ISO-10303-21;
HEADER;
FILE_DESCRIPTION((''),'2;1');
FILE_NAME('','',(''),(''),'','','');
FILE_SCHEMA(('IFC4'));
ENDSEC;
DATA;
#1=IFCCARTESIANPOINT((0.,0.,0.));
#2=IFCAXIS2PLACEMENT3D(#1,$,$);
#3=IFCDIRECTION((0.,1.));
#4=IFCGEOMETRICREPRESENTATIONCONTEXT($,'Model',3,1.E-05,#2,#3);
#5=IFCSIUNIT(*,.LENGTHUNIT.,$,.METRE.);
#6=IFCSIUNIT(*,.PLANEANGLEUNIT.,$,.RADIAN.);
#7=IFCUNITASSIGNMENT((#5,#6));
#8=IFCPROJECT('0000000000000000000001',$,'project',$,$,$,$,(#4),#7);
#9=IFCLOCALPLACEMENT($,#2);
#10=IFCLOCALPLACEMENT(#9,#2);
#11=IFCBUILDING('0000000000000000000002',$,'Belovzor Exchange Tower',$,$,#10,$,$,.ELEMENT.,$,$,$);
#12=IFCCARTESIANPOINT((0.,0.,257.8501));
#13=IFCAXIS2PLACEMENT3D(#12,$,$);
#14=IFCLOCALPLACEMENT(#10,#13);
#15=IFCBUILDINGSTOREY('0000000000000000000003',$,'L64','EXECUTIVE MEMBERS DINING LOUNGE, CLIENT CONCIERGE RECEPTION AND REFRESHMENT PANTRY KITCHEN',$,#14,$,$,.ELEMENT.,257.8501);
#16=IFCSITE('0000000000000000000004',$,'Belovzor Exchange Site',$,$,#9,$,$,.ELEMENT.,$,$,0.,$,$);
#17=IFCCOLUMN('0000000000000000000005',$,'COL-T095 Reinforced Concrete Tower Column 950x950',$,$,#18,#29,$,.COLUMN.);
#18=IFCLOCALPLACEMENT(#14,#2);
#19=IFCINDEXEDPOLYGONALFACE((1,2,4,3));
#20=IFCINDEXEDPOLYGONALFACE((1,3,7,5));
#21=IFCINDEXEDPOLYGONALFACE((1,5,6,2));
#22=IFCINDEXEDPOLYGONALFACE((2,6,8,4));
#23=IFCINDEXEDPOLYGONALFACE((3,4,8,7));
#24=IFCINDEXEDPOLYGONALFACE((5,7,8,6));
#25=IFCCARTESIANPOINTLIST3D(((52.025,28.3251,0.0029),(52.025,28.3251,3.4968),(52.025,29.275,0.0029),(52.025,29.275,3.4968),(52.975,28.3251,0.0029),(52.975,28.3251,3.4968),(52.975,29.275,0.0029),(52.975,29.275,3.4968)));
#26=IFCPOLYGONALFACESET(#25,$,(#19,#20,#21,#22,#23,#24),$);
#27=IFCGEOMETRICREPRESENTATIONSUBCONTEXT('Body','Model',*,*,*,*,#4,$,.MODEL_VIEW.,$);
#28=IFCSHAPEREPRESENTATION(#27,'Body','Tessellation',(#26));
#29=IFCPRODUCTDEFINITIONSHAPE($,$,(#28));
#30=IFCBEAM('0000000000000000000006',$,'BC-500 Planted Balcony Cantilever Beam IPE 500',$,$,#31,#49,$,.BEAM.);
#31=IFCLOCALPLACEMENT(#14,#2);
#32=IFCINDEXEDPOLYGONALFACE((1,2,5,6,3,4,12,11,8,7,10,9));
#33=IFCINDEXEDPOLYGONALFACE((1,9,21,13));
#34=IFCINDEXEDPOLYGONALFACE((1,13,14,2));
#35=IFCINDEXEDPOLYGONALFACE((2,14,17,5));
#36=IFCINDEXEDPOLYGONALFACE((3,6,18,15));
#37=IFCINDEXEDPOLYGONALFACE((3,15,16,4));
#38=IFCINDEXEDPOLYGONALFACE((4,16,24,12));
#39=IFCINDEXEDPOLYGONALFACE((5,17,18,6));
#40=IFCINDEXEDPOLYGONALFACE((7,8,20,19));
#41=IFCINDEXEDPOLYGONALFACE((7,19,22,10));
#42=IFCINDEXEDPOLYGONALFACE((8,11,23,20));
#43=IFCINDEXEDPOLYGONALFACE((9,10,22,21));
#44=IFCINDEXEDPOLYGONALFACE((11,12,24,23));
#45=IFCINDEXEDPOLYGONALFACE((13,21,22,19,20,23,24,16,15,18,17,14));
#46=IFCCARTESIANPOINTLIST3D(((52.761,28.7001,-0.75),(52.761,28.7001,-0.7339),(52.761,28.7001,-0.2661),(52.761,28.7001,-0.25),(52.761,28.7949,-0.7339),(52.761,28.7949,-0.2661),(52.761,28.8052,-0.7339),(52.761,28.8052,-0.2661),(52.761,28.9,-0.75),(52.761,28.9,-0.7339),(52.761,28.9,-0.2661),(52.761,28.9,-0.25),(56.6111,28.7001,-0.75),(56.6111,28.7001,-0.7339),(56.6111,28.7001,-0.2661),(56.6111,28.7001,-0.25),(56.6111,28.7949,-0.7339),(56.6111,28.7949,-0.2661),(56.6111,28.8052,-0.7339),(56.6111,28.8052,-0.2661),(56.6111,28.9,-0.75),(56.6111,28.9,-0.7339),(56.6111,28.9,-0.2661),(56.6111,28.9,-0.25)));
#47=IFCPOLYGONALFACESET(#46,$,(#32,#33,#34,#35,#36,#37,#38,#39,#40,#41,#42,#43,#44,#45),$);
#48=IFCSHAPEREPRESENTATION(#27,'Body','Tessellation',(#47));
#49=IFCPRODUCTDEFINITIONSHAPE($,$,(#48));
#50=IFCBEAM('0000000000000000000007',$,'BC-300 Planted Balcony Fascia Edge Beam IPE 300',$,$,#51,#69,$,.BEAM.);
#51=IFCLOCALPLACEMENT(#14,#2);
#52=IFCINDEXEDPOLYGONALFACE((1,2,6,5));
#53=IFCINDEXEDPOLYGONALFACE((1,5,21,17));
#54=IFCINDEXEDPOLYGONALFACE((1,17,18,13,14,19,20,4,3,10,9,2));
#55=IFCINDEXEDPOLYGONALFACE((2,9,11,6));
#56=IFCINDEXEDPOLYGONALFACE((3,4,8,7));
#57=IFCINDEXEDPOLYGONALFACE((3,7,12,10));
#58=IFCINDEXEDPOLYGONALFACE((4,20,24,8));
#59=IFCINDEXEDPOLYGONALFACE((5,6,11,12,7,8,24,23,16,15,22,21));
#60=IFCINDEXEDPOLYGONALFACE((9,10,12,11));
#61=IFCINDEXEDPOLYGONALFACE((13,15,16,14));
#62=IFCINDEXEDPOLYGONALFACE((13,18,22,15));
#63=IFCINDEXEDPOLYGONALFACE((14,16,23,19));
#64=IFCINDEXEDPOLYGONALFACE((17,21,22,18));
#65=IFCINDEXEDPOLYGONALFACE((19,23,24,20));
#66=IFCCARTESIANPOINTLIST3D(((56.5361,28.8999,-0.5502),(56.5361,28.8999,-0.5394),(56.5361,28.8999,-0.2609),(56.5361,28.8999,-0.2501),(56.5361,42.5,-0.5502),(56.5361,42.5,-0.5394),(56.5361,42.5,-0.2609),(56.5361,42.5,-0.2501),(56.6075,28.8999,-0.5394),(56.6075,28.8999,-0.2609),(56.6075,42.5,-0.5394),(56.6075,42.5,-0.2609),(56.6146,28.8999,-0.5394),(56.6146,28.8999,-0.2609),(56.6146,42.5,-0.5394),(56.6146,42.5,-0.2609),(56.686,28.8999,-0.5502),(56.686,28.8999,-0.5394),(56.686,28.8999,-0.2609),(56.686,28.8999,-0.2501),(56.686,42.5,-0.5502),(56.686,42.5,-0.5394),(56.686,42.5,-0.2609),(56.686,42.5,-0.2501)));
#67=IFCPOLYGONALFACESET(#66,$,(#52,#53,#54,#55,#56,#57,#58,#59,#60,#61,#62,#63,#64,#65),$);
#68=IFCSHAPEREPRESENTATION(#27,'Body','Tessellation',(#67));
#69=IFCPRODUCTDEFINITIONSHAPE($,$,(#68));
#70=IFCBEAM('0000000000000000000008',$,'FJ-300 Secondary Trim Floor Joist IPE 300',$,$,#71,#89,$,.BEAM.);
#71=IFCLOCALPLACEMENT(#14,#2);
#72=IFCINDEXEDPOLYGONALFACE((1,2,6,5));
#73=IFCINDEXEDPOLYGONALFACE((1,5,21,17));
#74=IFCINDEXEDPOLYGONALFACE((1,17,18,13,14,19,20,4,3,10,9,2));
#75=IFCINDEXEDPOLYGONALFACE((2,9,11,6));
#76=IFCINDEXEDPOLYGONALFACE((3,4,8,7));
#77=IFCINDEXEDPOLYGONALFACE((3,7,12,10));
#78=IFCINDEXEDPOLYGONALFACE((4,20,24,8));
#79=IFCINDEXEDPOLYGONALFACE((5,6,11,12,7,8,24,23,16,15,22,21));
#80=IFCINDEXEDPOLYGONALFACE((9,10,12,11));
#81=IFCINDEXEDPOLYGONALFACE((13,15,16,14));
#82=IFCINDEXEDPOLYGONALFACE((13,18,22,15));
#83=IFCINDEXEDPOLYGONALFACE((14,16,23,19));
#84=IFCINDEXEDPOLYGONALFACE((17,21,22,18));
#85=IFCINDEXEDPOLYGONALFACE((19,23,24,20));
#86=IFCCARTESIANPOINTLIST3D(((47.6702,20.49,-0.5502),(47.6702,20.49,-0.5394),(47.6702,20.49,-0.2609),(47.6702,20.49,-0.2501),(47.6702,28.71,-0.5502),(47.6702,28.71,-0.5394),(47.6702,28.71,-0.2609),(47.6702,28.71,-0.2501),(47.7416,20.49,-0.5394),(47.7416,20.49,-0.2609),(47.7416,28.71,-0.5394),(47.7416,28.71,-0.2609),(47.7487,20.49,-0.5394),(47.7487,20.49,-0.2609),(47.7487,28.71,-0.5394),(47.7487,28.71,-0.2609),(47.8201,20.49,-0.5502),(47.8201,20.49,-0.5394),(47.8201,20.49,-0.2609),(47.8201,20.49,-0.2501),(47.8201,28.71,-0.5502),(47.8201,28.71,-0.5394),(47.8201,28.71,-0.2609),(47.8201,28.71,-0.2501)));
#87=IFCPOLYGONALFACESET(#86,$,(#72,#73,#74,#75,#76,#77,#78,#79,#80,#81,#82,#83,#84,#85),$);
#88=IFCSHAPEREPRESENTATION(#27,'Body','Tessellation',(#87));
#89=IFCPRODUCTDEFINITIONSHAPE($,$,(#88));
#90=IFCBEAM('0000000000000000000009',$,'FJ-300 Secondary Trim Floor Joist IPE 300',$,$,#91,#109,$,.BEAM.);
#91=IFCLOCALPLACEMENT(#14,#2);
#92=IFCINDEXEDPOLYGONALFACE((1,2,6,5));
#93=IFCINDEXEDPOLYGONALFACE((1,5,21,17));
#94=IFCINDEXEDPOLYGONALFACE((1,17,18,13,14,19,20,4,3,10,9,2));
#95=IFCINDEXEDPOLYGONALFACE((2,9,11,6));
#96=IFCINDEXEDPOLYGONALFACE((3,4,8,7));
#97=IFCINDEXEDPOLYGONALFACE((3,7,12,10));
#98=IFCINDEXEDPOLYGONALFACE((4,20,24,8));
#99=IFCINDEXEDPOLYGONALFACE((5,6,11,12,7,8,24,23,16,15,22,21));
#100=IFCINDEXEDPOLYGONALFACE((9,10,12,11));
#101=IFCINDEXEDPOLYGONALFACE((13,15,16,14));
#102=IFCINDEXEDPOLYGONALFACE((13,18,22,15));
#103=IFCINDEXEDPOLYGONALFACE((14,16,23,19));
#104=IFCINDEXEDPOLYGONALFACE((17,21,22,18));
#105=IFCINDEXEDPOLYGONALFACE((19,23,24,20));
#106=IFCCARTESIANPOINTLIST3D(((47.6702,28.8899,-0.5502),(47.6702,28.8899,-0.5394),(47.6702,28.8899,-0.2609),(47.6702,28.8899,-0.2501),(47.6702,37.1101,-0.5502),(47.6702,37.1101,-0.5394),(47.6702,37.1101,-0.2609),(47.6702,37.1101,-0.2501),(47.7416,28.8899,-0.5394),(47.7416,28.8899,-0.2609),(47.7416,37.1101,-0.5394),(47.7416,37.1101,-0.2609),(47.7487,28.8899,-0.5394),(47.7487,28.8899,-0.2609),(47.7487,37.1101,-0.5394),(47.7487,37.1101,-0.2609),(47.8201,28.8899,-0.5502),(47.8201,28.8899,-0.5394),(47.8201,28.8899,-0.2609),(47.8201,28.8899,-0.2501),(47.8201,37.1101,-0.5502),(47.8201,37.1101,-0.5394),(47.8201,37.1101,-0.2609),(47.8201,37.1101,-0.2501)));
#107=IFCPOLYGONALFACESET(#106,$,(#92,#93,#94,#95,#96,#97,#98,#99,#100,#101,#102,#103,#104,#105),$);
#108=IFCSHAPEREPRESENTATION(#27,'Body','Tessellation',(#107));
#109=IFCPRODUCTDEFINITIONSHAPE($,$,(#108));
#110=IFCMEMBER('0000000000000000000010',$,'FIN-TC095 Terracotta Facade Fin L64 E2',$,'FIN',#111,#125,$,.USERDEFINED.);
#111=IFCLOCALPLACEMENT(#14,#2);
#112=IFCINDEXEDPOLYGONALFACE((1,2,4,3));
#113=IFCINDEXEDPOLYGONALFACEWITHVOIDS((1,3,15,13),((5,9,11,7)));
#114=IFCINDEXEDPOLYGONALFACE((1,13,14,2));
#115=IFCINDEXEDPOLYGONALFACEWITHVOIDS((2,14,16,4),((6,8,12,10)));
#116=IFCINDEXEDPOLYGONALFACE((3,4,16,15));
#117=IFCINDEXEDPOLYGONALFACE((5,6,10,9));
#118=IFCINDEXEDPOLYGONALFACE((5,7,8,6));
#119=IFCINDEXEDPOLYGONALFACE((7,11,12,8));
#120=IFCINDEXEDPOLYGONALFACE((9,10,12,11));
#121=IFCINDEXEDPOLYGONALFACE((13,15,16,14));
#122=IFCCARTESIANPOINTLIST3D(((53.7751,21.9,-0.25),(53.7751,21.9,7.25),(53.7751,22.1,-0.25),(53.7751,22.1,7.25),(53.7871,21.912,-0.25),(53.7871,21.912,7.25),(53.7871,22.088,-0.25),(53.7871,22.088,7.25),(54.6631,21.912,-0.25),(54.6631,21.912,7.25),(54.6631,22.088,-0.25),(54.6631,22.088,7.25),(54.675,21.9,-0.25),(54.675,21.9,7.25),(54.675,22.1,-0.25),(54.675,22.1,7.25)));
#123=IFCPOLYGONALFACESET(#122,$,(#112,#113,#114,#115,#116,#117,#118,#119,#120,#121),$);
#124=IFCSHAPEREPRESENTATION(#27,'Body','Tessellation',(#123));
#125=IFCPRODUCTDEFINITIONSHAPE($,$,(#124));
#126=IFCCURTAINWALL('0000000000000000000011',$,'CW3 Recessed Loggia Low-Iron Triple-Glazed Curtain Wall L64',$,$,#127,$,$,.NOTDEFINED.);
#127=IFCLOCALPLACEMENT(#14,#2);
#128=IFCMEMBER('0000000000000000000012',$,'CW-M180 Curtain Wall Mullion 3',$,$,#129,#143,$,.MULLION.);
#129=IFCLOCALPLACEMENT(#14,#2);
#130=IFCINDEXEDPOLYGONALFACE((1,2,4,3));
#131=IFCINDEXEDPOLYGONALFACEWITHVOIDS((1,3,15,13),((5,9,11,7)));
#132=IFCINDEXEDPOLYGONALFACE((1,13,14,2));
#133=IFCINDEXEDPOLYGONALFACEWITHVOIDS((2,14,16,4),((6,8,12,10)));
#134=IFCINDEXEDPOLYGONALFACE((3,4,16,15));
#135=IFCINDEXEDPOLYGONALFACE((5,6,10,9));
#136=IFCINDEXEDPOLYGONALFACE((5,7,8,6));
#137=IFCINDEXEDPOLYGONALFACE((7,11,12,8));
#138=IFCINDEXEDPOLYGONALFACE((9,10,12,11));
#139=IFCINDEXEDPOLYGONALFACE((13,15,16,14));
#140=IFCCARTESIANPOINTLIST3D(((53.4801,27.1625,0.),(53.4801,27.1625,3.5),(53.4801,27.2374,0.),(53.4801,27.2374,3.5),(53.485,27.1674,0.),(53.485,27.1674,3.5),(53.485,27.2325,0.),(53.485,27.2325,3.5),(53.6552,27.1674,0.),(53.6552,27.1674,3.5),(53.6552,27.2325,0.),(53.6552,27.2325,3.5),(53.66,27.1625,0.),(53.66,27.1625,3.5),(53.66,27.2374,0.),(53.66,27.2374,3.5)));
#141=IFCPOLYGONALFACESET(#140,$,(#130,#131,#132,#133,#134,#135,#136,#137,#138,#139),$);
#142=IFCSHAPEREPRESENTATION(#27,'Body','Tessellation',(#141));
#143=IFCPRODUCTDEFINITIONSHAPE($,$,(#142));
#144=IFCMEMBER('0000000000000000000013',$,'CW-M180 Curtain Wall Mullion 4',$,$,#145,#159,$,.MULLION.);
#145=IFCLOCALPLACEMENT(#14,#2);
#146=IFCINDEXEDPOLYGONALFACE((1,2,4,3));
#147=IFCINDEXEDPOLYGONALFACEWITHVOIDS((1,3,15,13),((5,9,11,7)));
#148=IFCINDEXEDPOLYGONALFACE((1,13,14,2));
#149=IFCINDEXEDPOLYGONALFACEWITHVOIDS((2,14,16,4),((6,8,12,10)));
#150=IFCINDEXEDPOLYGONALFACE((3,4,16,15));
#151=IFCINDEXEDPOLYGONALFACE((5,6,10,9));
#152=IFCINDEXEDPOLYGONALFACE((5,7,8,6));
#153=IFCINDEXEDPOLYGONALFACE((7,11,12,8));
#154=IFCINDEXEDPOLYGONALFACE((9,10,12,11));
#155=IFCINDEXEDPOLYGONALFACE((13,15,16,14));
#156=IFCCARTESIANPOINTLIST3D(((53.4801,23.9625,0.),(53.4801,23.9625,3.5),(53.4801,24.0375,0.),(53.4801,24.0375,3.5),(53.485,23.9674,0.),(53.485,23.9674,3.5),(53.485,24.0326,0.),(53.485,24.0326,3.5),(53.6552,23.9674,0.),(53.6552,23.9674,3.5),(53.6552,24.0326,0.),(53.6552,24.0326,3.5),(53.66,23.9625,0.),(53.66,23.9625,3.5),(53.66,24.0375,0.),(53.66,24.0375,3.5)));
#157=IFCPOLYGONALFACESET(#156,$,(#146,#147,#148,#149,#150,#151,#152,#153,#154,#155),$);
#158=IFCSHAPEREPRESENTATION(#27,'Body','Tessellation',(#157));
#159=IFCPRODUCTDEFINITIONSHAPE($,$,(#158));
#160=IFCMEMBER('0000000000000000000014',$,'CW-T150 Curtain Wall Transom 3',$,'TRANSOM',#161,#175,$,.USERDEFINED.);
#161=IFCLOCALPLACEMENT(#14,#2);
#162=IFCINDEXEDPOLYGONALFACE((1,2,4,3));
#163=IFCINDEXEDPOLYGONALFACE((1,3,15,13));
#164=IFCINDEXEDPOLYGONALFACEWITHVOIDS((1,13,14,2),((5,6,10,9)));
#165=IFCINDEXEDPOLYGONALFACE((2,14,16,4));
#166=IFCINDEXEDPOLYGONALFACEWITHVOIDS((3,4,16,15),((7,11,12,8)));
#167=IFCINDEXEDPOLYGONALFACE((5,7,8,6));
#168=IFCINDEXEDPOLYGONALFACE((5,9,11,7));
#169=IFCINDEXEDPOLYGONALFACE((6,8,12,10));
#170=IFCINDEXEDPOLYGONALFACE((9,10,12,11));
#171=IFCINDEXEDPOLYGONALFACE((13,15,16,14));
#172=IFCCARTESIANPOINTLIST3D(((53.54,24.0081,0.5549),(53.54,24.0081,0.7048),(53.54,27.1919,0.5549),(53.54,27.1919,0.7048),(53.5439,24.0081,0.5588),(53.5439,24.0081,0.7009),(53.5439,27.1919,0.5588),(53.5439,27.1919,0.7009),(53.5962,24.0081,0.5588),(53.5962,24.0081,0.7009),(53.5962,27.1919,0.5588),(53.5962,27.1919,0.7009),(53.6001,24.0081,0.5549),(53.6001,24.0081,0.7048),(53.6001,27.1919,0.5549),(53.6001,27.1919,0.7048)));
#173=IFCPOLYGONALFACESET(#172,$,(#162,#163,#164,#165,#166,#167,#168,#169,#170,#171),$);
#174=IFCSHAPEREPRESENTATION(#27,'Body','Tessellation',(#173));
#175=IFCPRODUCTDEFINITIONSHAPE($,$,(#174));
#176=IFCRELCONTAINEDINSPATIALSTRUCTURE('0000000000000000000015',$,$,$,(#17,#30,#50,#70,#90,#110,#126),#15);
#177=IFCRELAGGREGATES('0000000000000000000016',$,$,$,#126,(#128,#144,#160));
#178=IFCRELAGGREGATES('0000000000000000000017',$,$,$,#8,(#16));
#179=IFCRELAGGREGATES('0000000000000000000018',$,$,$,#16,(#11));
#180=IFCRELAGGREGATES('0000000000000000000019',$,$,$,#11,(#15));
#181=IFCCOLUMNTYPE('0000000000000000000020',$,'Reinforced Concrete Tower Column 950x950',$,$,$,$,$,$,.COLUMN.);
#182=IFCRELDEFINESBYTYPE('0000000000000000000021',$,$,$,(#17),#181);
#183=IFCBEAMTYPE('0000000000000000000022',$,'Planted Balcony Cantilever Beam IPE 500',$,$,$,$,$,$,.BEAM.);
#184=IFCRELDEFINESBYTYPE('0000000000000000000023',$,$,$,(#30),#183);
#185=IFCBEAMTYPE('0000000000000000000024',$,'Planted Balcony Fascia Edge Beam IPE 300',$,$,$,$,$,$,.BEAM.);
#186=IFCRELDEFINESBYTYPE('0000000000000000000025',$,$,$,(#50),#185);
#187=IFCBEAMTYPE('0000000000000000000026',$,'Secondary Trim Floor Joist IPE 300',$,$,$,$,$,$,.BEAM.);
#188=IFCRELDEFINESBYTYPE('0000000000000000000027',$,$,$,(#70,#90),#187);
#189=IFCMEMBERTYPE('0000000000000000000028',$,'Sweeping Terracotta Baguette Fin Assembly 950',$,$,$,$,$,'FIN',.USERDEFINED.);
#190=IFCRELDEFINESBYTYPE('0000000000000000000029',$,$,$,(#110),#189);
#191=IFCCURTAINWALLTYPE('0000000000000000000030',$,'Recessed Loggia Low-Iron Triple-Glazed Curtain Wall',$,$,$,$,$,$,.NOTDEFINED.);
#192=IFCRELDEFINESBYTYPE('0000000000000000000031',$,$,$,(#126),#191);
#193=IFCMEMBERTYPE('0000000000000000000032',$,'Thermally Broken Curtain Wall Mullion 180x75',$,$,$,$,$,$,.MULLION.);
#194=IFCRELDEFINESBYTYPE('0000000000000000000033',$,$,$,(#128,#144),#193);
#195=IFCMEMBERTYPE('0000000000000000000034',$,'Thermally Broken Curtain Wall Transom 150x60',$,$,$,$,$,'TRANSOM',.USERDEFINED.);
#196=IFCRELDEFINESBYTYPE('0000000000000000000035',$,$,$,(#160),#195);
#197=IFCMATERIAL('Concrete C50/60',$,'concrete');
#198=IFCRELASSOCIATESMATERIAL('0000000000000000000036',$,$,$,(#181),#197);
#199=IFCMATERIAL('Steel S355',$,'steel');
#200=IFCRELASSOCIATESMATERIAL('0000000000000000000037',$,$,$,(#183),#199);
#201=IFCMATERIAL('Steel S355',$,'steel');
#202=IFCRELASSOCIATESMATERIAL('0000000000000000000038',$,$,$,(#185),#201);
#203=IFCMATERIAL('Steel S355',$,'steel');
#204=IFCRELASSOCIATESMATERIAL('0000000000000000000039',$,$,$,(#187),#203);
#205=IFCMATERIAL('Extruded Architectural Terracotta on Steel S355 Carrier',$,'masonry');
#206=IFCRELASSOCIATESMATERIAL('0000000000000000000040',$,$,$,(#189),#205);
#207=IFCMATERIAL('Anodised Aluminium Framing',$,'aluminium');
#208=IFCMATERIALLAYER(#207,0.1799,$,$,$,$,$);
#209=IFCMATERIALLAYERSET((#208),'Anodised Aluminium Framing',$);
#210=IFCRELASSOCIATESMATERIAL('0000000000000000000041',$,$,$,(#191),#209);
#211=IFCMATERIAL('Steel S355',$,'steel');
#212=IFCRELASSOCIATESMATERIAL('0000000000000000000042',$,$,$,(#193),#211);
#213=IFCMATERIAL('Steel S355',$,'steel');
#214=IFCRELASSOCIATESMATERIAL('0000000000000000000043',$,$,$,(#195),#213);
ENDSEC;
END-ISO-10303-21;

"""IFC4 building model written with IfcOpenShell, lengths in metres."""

from ifc_helpers import new_model, si_unit, direction, frame, origin, origin_2d, place, context, subcontext, project, spatial, rectangle, hollow_rectangle, i_section, extrude, material, layer, layer_set, material_profile, profile_set, type_object, element, aggregate, save


model = new_model("IFC4")

# Units and contexts
model_context = context("Model", 3, precision=1e-05, world=origin(), true_north=direction((0.0, 1.0)))
body_context = subcontext(model_context, "Body", "Model", "MODEL_VIEW")
ifc_project = project(units=[si_unit("LENGTHUNIT", "METRE"), si_unit("PLANEANGLEUNIT", "RADIAN")], contexts=[model_context])

# Site, building, storey
site_placement = place(None, origin())
site = spatial("IfcSite", under=ifc_project, at=site_placement, Name="Belovzor Exchange Site", CompositionType="ELEMENT", RefElevation=0.0)
building_placement = place(site_placement, origin())
building = spatial("IfcBuilding", under=site, at=building_placement, Name="Belovzor Exchange Tower", CompositionType="ELEMENT")
storey_placement = place(building_placement, frame((0.0, 0.0, 257.8501)))
storey = spatial("IfcBuildingStorey", under=building, at=storey_placement, Name="L64", Description="EXECUTIVE MEMBERS DINING LOUNGE, CLIENT CONCIERGE RECEPTION AND REFRESHMENT PANTRY KITCHEN", CompositionType="ELEMENT", Elevation=257.8501)

# Column
ifc_material_1 = material(Name="Concrete C50/60", Category="concrete")
ifc_material_profile_1 = material_profile(ifc_material_1, rectangle(XDim=0.95, YDim=0.95, at=origin_2d()))
ifc_profile_set_1 = profile_set([ifc_material_profile_1], Name="Concrete C50/60")
column_type = type_object("IfcColumnType", Name="Reinforced Concrete Tower Column 950x950", PredefinedType="COLUMN", material=ifc_profile_set_1)
column_placement = place(storey_placement, frame((52.5, 28.8, 0.0029), z_axis=(0.0, 0.0, 1.0), x_axis=(1.0, 0.0, 0.0)))
element("IfcColumn", 1, at=column_placement, inside=storey, type_object=column_type, Name="COL-T095 Reinforced Concrete Tower Column 950x950", PredefinedType="COLUMN", context=body_context, shape_type="SweptSolid", body=[
    extrude(rectangle(XDim=0.95, YDim=0.95, at=origin_2d()), origin(), (0.0, 0.0, 1.0), 3.4939),
])

# Beams
ifc_material_2 = material(Name="Steel S355", Category="steel")
ifc_material_profile_2 = material_profile(ifc_material_2, i_section(OverallWidth=0.2, OverallDepth=0.5, WebThickness=0.0103, FlangeThickness=0.0161, at=origin_2d()))
ifc_profile_set_2 = profile_set([ifc_material_profile_2], Name="Steel S355")
beam_type_1 = type_object("IfcBeamType", Name="Planted Balcony Cantilever Beam IPE 500", PredefinedType="BEAM", material=ifc_profile_set_2)
beam_1_placement = place(storey_placement, frame((52.761, 28.8, -0.5), z_axis=(1.0, 0.0, 0.0), x_axis=(0.0, 1.0, 0.0)))
element("IfcBeam", 2, at=beam_1_placement, inside=storey, type_object=beam_type_1, Name="BC-500 Planted Balcony Cantilever Beam IPE 500", PredefinedType="BEAM", context=body_context, shape_type="SweptSolid", body=[
    extrude(i_section(OverallWidth=0.2, OverallDepth=0.5, WebThickness=0.0103, FlangeThickness=0.0161, at=origin_2d()), origin(), (0.0, 0.0, 1.0), 3.8501),
])
ifc_material_3 = material(Name="Steel S355", Category="steel")
ifc_material_profile_3 = material_profile(ifc_material_3, i_section(OverallWidth=0.1499, OverallDepth=0.3, WebThickness=0.0071, FlangeThickness=0.0107, at=origin_2d()))
ifc_profile_set_3 = profile_set([ifc_material_profile_3], Name="Steel S355")
beam_type_2 = type_object("IfcBeamType", Name="Planted Balcony Fascia Edge Beam IPE 300", PredefinedType="BEAM", material=ifc_profile_set_3)
beam_2_placement = place(storey_placement, frame((56.6111, 28.8999, -0.4001), z_axis=(0.0, 1.0, 0.0), x_axis=(-1.0, 0.0, 0.0)))
element("IfcBeam", 3, at=beam_2_placement, inside=storey, type_object=beam_type_2, Name="BC-300 Planted Balcony Fascia Edge Beam IPE 300", PredefinedType="BEAM", context=body_context, shape_type="SweptSolid", body=[
    extrude(i_section(OverallWidth=0.1499, OverallDepth=0.3, WebThickness=0.0071, FlangeThickness=0.0107, at=origin_2d()), origin(), (0.0, 0.0, 1.0), 13.6001),
])
ifc_material_4 = material(Name="Steel S355", Category="steel")
ifc_material_profile_4 = material_profile(ifc_material_4, i_section(OverallWidth=0.1499, OverallDepth=0.3, WebThickness=0.0071, FlangeThickness=0.0107, at=origin_2d()))
ifc_profile_set_4 = profile_set([ifc_material_profile_4], Name="Steel S355")
beam_type_3 = type_object("IfcBeamType", Name="Secondary Trim Floor Joist IPE 300", PredefinedType="BEAM", material=ifc_profile_set_4)
beam_3_placement = place(storey_placement, frame((47.7451, 20.49, -0.4001), z_axis=(0.0, 1.0, 0.0), x_axis=(-1.0, 0.0, 0.0)))
element("IfcBeam", 4, at=beam_3_placement, inside=storey, type_object=beam_type_3, Name="FJ-300 Secondary Trim Floor Joist IPE 300", PredefinedType="BEAM", context=body_context, shape_type="SweptSolid", body=[
    extrude(i_section(OverallWidth=0.1499, OverallDepth=0.3, WebThickness=0.0071, FlangeThickness=0.0107, at=origin_2d()), origin(), (0.0, 0.0, 1.0), 8.22),
])
beam_4_placement = place(storey_placement, frame((47.7451, 28.8899, -0.4001), z_axis=(0.0, 1.0, 0.0), x_axis=(-1.0, 0.0, 0.0)))
element("IfcBeam", 5, at=beam_4_placement, inside=storey, type_object=beam_type_3, Name="FJ-300 Secondary Trim Floor Joist IPE 300", PredefinedType="BEAM", context=body_context, shape_type="SweptSolid", body=[
    extrude(i_section(OverallWidth=0.1499, OverallDepth=0.3, WebThickness=0.0071, FlangeThickness=0.0107, at=origin_2d()), origin(), (0.0, 0.0, 1.0), 8.2202),
])

# Member
ifc_material_5 = material(Name="Extruded Architectural Terracotta on Steel S355 Carrier", Category="masonry")
ifc_material_profile_5 = material_profile(ifc_material_5, hollow_rectangle(XDim=0.2, YDim=0.8999, WallThickness=0.012, at=origin_2d()))
ifc_profile_set_5 = profile_set([ifc_material_profile_5], Name="Extruded Architectural Terracotta on Steel S355 Carrier")
member_type_1 = type_object("IfcMemberType", Name="Sweeping Terracotta Baguette Fin Assembly 950", ElementType="FIN", PredefinedType="USERDEFINED", material=ifc_profile_set_5)
member_1_placement = place(storey_placement, frame((54.2251, 22.0, -0.25), z_axis=(0.0, 0.0, 1.0), x_axis=(0.0, 1.0, 0.0)))
element("IfcMember", 6, at=member_1_placement, inside=storey, type_object=member_type_1, Name="FIN-TC095 Terracotta Facade Fin L64 E2", ObjectType="FIN", PredefinedType="USERDEFINED", context=body_context, shape_type="SweptSolid", body=[
    extrude(hollow_rectangle(XDim=0.2, YDim=0.8999, WallThickness=0.012, at=origin_2d()), origin(), (0.0, 0.0, 1.0), 7.5),
])

# Curtain wall, members
ifc_material_6 = material(Name="Anodised Aluminium Framing", Category="aluminium")
ifc_layer_1 = layer(ifc_material_6, 0.1799)
ifc_layer_set_1 = layer_set([ifc_layer_1], Name="Anodised Aluminium Framing")
curtain_wall_type = type_object("IfcCurtainWallType", Name="Recessed Loggia Low-Iron Triple-Glazed Curtain Wall", PredefinedType="NOTDEFINED", material=ifc_layer_set_1)
curtain_wall_placement = place(storey_placement, origin())
curtain_wall = element("IfcCurtainWall", 7, at=curtain_wall_placement, inside=storey, type_object=curtain_wall_type, Name="CW3 Recessed Loggia Low-Iron Triple-Glazed Curtain Wall L64", PredefinedType="NOTDEFINED")
ifc_material_7 = material(Name="Steel S355", Category="steel")
ifc_material_profile_6 = material_profile(ifc_material_7, hollow_rectangle(XDim=0.075, YDim=0.1799, WallThickness=0.0049, at=origin_2d()))
ifc_profile_set_6 = profile_set([ifc_material_profile_6], Name="Steel S355")
member_type_2 = type_object("IfcMemberType", Name="Thermally Broken Curtain Wall Mullion 180x75", PredefinedType="MULLION", material=ifc_profile_set_6)
member_2_placement = place(storey_placement, frame((53.5701, 27.2, 0.0), z_axis=(0.0, 0.0, 1.0), x_axis=(0.0, -1.0, 0.0)))
member_2 = element("IfcMember", 8, at=member_2_placement, type_object=member_type_2, Name="CW-M180 Curtain Wall Mullion 3", PredefinedType="MULLION", context=body_context, shape_type="SweptSolid", body=[
    extrude(hollow_rectangle(XDim=0.075, YDim=0.1799, WallThickness=0.0049, at=origin_2d()), origin(), (0.0, 0.0, 1.0), 3.5),
])
member_3_placement = place(storey_placement, frame((53.5701, 24.0, 0.0), z_axis=(0.0, 0.0, 1.0), x_axis=(0.0, -1.0, 0.0)))
member_3 = element("IfcMember", 9, at=member_3_placement, type_object=member_type_2, Name="CW-M180 Curtain Wall Mullion 4", PredefinedType="MULLION", context=body_context, shape_type="SweptSolid", body=[
    extrude(hollow_rectangle(XDim=0.075, YDim=0.1799, WallThickness=0.0049, at=origin_2d()), origin(), (0.0, 0.0, 1.0), 3.5),
])
ifc_material_8 = material(Name="Steel S355", Category="steel")
ifc_material_profile_7 = material_profile(ifc_material_8, hollow_rectangle(XDim=0.0601, YDim=0.1499, WallThickness=0.0039, at=origin_2d()))
ifc_profile_set_7 = profile_set([ifc_material_profile_7], Name="Steel S355")
member_type_3 = type_object("IfcMemberType", Name="Thermally Broken Curtain Wall Transom 150x60", ElementType="TRANSOM", PredefinedType="USERDEFINED", material=ifc_profile_set_7)
member_4_placement = place(storey_placement, frame((53.5701, 27.1919, 0.6299), z_axis=(0.0, -1.0, 0.0), x_axis=(1.0, 0.0, 0.0)))
member_4 = element("IfcMember", 10, at=member_4_placement, type_object=member_type_3, Name="CW-T150 Curtain Wall Transom 3", ObjectType="TRANSOM", PredefinedType="USERDEFINED", context=body_context, shape_type="SweptSolid", body=[
    extrude(hollow_rectangle(XDim=0.0601, YDim=0.1499, WallThickness=0.0039, at=origin_2d()), origin(), (0.0, 0.0, 1.0), 3.1838),
])

aggregate(curtain_wall, [member_2, member_3, member_4])

save(model, "model.ifc")
